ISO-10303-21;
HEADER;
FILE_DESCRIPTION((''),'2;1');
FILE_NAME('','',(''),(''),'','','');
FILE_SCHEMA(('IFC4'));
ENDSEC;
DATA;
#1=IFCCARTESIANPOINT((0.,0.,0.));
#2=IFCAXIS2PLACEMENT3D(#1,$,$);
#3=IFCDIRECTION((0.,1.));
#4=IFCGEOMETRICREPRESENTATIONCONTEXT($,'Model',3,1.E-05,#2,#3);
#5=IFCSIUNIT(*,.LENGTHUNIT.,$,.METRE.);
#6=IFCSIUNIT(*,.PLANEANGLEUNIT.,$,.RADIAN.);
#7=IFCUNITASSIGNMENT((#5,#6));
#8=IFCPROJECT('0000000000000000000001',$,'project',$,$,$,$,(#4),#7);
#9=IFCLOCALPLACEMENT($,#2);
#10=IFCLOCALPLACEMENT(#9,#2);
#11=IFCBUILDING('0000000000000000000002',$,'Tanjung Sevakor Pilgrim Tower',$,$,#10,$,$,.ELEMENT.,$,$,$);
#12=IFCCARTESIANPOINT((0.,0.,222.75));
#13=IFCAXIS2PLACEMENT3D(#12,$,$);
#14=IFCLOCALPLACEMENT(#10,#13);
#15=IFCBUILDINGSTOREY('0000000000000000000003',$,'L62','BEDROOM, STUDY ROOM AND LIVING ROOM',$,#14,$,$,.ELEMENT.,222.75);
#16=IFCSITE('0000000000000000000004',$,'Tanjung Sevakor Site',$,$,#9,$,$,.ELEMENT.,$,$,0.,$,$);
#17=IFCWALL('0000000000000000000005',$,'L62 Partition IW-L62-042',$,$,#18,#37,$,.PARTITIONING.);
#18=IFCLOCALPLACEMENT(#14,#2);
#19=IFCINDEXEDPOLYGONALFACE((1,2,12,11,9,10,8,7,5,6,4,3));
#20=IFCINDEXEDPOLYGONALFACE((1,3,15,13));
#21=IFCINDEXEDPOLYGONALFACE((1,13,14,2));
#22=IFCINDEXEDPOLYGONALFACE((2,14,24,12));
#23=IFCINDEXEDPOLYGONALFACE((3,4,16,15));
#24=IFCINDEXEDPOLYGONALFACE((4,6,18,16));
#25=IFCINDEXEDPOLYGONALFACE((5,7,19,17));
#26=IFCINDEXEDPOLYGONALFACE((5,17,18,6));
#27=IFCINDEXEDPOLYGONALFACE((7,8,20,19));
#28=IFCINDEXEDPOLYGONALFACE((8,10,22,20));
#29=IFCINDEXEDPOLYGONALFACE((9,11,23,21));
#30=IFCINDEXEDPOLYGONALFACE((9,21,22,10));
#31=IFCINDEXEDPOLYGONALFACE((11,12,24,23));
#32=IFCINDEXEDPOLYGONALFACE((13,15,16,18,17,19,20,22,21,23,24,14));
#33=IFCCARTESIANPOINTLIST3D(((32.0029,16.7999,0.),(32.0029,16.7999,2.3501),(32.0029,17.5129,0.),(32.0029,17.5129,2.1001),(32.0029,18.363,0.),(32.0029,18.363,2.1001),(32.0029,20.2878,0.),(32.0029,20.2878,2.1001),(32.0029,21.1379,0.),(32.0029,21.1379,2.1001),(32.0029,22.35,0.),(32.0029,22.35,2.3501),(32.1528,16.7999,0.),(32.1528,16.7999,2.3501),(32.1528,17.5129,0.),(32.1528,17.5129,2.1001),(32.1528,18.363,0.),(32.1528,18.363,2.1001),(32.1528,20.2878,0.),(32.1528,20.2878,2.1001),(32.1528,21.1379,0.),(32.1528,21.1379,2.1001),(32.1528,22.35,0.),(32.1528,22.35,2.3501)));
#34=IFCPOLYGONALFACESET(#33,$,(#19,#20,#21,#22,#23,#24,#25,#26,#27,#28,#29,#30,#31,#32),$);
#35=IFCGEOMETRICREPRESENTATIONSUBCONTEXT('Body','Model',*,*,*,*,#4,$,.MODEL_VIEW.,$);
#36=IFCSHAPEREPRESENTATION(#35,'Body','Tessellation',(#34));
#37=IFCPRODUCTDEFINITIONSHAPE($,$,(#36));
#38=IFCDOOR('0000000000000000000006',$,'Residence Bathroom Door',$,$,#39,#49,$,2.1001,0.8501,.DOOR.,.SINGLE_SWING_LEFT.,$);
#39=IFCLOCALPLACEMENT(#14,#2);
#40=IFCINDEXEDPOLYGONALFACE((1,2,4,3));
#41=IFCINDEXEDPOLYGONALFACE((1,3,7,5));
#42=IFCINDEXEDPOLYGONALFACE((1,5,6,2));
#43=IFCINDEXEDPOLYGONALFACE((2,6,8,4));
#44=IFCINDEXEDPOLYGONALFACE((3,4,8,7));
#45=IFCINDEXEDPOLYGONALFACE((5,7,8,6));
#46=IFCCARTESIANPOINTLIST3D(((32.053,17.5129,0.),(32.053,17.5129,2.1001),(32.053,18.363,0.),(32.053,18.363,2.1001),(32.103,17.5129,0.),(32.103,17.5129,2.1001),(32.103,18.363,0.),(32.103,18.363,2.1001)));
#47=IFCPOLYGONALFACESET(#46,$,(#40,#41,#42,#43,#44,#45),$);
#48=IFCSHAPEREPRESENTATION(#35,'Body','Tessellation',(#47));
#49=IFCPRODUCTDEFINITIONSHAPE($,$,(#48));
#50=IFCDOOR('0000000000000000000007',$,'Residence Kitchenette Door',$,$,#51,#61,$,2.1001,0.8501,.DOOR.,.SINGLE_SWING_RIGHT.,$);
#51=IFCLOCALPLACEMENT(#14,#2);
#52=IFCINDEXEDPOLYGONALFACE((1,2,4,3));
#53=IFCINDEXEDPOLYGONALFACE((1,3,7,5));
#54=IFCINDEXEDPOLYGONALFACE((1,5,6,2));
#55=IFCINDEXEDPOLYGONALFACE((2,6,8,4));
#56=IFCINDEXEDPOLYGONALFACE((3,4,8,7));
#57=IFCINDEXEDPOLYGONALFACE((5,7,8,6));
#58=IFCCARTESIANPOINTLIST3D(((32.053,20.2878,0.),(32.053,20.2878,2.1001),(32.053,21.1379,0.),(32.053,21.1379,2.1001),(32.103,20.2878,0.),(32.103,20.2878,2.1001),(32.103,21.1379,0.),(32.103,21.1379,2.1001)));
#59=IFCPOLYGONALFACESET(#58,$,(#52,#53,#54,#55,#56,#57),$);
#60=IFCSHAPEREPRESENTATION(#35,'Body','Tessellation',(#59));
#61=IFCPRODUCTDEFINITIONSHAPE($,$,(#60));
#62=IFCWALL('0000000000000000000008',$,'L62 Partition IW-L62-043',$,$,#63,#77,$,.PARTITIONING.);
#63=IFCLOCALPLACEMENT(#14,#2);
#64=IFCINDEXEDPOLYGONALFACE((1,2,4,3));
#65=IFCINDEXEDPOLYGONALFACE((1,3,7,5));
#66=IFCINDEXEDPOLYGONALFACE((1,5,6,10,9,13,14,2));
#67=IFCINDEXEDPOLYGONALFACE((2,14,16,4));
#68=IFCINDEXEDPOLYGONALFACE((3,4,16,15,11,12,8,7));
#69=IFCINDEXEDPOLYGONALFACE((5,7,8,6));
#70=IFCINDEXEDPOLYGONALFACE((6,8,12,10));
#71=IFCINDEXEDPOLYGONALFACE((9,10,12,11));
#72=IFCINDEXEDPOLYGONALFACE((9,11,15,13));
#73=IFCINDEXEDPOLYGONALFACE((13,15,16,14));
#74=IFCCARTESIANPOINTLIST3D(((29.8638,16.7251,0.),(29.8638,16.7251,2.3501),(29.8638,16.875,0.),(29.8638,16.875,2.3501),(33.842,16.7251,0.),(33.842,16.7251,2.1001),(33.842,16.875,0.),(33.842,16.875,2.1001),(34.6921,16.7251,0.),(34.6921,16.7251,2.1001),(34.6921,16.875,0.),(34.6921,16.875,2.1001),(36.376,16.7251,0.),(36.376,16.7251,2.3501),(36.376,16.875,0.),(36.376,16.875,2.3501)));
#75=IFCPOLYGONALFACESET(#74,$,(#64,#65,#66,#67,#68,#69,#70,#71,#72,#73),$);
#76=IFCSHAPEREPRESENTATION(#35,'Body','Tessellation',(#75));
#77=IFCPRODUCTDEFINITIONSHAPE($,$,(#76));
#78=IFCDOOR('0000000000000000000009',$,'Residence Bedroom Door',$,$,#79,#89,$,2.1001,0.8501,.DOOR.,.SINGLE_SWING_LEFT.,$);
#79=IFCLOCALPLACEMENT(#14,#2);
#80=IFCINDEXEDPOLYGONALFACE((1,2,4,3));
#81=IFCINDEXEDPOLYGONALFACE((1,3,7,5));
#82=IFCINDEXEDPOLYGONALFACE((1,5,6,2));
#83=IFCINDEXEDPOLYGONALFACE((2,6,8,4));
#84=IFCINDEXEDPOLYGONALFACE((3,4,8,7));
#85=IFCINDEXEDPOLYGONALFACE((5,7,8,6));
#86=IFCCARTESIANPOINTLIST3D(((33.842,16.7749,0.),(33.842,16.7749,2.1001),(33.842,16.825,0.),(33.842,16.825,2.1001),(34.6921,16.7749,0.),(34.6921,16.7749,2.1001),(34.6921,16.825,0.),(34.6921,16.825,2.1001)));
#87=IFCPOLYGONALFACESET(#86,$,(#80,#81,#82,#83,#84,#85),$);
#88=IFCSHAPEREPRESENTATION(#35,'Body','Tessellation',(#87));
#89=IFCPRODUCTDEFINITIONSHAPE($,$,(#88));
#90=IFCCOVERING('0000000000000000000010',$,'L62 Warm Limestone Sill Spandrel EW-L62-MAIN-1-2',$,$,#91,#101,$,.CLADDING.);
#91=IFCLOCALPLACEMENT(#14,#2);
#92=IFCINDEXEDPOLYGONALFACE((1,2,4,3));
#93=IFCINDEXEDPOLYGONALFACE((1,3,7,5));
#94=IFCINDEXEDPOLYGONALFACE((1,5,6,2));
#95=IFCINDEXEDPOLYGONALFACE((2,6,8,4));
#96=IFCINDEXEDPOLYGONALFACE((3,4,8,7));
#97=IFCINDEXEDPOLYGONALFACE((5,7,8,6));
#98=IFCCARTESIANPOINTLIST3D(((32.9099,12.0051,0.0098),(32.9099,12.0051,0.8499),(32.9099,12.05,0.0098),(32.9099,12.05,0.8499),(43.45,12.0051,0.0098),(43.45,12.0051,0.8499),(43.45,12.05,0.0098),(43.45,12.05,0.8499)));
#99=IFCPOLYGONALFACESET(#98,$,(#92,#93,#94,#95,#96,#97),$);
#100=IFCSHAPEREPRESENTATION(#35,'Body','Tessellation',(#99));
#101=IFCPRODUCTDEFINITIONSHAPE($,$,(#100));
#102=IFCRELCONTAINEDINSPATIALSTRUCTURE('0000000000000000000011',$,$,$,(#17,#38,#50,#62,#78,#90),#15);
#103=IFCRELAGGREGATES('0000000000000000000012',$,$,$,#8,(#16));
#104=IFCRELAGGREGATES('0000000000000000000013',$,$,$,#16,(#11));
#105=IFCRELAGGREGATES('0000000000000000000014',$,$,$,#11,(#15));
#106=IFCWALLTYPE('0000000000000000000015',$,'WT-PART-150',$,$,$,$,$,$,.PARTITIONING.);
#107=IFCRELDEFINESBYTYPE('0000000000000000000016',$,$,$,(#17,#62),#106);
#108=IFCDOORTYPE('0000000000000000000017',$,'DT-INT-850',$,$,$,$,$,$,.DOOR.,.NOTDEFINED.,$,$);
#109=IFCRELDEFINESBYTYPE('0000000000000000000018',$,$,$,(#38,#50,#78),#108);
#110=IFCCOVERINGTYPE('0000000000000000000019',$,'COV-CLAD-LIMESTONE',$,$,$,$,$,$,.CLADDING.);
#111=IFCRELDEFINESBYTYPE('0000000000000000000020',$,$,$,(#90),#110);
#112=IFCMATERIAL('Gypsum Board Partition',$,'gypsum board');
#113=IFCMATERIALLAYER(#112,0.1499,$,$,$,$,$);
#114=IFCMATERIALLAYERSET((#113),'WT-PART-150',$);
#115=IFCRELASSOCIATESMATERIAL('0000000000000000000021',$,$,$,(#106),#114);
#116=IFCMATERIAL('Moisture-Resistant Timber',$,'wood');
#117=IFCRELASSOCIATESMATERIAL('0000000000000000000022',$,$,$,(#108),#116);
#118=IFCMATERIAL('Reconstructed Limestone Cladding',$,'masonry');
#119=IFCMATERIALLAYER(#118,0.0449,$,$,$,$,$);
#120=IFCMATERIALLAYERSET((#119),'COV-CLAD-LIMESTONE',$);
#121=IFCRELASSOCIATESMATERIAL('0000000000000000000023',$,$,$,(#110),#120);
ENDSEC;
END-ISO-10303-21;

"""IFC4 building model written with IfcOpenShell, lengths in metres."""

from ifc_helpers import new_model, si_unit, direction, frame, frame_2d, origin, origin_2d, place, context, subcontext, project, spatial, rectangle, extrude, material, layer, layer_set, type_object, element, fill, save


model = new_model("IFC4")

# Units and contexts
model_context = context("Model", 3, precision=1e-05, world=origin(), true_north=direction((0.0, 1.0)))
body_context = subcontext(model_context, "Body", "Model", "MODEL_VIEW")
ifc_project = project(units=[si_unit("LENGTHUNIT", "METRE"), si_unit("PLANEANGLEUNIT", "RADIAN")], contexts=[model_context])

# Site, building, storey
site_placement = place(None, origin())
site = spatial("IfcSite", under=ifc_project, at=site_placement, Name="Tanjung Sevakor Site", CompositionType="ELEMENT", RefElevation=0.0)
building_placement = place(site_placement, origin())
building = spatial("IfcBuilding", under=site, at=building_placement, Name="Tanjung Sevakor Pilgrim Tower", CompositionType="ELEMENT")
storey_placement = place(building_placement, frame((0.0, 0.0, 222.75)))
storey = spatial("IfcBuildingStorey", under=building, at=storey_placement, Name="L62", Description="BEDROOM, STUDY ROOM AND LIVING ROOM", CompositionType="ELEMENT", Elevation=222.75)

# Shared definitions
ifc_material_1 = material(Name="Gypsum Board Partition", Category="gypsum board")
ifc_layer_1 = layer(ifc_material_1, 0.1499)
ifc_layer_set_1 = layer_set([ifc_layer_1], Name="WT-PART-150")
wall_type_1 = type_object("IfcWallType", Name="WT-PART-150", PredefinedType="PARTITIONING", material=ifc_layer_set_1)

# Wall, openings, doors
wall_1_placement = place(storey_placement, frame((32.0779, 16.8, 0.0), z_axis=(0.0, 0.0, 1.0), x_axis=(0.0, 1.0, 0.0)))
wall_1 = element("IfcWall", 1, at=wall_1_placement, inside=storey, type_object=wall_type_1, Name="L62 Partition IW-L62-042", PredefinedType="PARTITIONING", context=body_context, shape_type="SweptSolid", body=[
    extrude(rectangle(XDim=5.55, YDim=0.1499, at=frame_2d((2.7749, 0.0))), origin(), (0.0, 0.0, 1.0), 2.3501),
])
opening_1_placement = place(wall_1_placement, frame((0.7129, 0.0, 0.0)))
opening_1 = element("IfcOpeningElement", 2, at=opening_1_placement, cuts=wall_1, PredefinedType="OPENING", context=body_context, shape_type="SweptSolid", body=[
    extrude(rectangle(XDim=0.8501, YDim=2.1001, at=frame_2d((0.425, 1.05))), frame((0.0, 0.085, 0.0), z_axis=(0.0, -1.0, 0.0), x_axis=(1.0, 0.0, 0.0)), (0.0, 0.0, 1.0), 0.1699),
])
opening_2_placement = place(wall_1_placement, frame((3.4878, 0.0, 0.0)))
opening_2 = element("IfcOpeningElement", 3, at=opening_2_placement, cuts=wall_1, PredefinedType="OPENING", context=body_context, shape_type="SweptSolid", body=[
    extrude(rectangle(XDim=0.8501, YDim=2.1001, at=frame_2d((0.425, 1.05))), frame((0.0, 0.085, 0.0), z_axis=(0.0, -1.0, 0.0), x_axis=(1.0, 0.0, 0.0)), (0.0, 0.0, 1.0), 0.1699),
])
ifc_material_2 = material(Name="Moisture-Resistant Timber", Category="wood")
door_type_1 = type_object("IfcDoorType", Name="DT-INT-850", OperationType="NOTDEFINED", PredefinedType="DOOR", material=ifc_material_2)
door_1_placement = place(opening_1_placement, origin())
door_1 = element("IfcDoor", 4, at=door_1_placement, inside=storey, type_object=door_type_1, Name="Residence Bathroom Door", OperationType="SINGLE_SWING_LEFT", OverallHeight=2.1001, OverallWidth=0.8501, PredefinedType="DOOR", context=body_context, shape_type="SweptSolid", body=[
    extrude(rectangle(XDim=0.8501, YDim=2.1001, at=frame_2d((0.425, 1.05))), frame((0.0, 0.0249, 0.0), z_axis=(0.0, -1.0, 0.0), x_axis=(1.0, 0.0, 0.0)), (0.0, 0.0, 1.0), 0.05),
])
fill(opening_1, door_1)
door_2_placement = place(opening_2_placement, origin())
door_2 = element("IfcDoor", 5, at=door_2_placement, inside=storey, type_object=door_type_1, Name="Residence Kitchenette Door", OperationType="SINGLE_SWING_RIGHT", OverallHeight=2.1001, OverallWidth=0.8501, PredefinedType="DOOR", context=body_context, shape_type="SweptSolid", body=[
    extrude(rectangle(XDim=0.8501, YDim=2.1001, at=frame_2d((0.425, 1.05))), frame((0.0, 0.0249, 0.0), z_axis=(0.0, -1.0, 0.0), x_axis=(1.0, 0.0, 0.0)), (0.0, 0.0, 1.0), 0.05),
])
fill(opening_2, door_2)

# Wall, opening, door
wall_2_placement = place(storey_placement, frame((29.8638, 16.8, 0.0), z_axis=(0.0, 0.0, 1.0), x_axis=(1.0, 0.0, 0.0)))
wall_2 = element("IfcWall", 6, at=wall_2_placement, inside=storey, type_object=wall_type_1, Name="L62 Partition IW-L62-043", PredefinedType="PARTITIONING", context=body_context, shape_type="SweptSolid", body=[
    extrude(rectangle(XDim=6.5122, YDim=0.1499, at=frame_2d((3.2561, 0.0))), origin(), (0.0, 0.0, 1.0), 2.3501),
])
opening_3_placement = place(wall_2_placement, frame((3.9783, 0.0, 0.0)))
opening_3 = element("IfcOpeningElement", 7, at=opening_3_placement, cuts=wall_2, PredefinedType="OPENING", context=body_context, shape_type="SweptSolid", body=[
    extrude(rectangle(XDim=0.8501, YDim=2.1001, at=frame_2d((0.425, 1.05))), frame((0.0, 0.085, 0.0), z_axis=(0.0, -1.0, 0.0), x_axis=(1.0, 0.0, 0.0)), (0.0, 0.0, 1.0), 0.1699),
])
door_3_placement = place(opening_3_placement, origin())
door_3 = element("IfcDoor", 8, at=door_3_placement, inside=storey, type_object=door_type_1, Name="Residence Bedroom Door", OperationType="SINGLE_SWING_LEFT", OverallHeight=2.1001, OverallWidth=0.8501, PredefinedType="DOOR", context=body_context, shape_type="SweptSolid", body=[
    extrude(rectangle(XDim=0.8501, YDim=2.1001, at=frame_2d((0.425, 1.05))), frame((0.0, 0.0249, 0.0), z_axis=(0.0, -1.0, 0.0), x_axis=(1.0, 0.0, 0.0)), (0.0, 0.0, 1.0), 0.05),
])
fill(opening_3, door_3)

# Covering
ifc_material_3 = material(Name="Reconstructed Limestone Cladding", Category="masonry")
ifc_layer_2 = layer(ifc_material_3, 0.0449)
ifc_layer_set_2 = layer_set([ifc_layer_2], Name="COV-CLAD-LIMESTONE")
covering_type = type_object("IfcCoveringType", Name="COV-CLAD-LIMESTONE", PredefinedType="CLADDING", material=ifc_layer_set_2)
covering_placement = place(storey_placement, frame((38.1799, 12.0276, 0.0098), z_axis=(0.0, 0.0, 1.0), x_axis=(1.0, 0.0, 0.0)))
element("IfcCovering", 9, at=covering_placement, inside=storey, type_object=covering_type, Name="L62 Warm Limestone Sill Spandrel EW-L62-MAIN-1-2", PredefinedType="CLADDING", context=body_context, shape_type="SweptSolid", body=[
    extrude(rectangle(XDim=10.54, YDim=0.0449, at=origin_2d()), origin(), (0.0, 0.0, 1.0), 0.8401),
])

save(model, "model.ifc")
